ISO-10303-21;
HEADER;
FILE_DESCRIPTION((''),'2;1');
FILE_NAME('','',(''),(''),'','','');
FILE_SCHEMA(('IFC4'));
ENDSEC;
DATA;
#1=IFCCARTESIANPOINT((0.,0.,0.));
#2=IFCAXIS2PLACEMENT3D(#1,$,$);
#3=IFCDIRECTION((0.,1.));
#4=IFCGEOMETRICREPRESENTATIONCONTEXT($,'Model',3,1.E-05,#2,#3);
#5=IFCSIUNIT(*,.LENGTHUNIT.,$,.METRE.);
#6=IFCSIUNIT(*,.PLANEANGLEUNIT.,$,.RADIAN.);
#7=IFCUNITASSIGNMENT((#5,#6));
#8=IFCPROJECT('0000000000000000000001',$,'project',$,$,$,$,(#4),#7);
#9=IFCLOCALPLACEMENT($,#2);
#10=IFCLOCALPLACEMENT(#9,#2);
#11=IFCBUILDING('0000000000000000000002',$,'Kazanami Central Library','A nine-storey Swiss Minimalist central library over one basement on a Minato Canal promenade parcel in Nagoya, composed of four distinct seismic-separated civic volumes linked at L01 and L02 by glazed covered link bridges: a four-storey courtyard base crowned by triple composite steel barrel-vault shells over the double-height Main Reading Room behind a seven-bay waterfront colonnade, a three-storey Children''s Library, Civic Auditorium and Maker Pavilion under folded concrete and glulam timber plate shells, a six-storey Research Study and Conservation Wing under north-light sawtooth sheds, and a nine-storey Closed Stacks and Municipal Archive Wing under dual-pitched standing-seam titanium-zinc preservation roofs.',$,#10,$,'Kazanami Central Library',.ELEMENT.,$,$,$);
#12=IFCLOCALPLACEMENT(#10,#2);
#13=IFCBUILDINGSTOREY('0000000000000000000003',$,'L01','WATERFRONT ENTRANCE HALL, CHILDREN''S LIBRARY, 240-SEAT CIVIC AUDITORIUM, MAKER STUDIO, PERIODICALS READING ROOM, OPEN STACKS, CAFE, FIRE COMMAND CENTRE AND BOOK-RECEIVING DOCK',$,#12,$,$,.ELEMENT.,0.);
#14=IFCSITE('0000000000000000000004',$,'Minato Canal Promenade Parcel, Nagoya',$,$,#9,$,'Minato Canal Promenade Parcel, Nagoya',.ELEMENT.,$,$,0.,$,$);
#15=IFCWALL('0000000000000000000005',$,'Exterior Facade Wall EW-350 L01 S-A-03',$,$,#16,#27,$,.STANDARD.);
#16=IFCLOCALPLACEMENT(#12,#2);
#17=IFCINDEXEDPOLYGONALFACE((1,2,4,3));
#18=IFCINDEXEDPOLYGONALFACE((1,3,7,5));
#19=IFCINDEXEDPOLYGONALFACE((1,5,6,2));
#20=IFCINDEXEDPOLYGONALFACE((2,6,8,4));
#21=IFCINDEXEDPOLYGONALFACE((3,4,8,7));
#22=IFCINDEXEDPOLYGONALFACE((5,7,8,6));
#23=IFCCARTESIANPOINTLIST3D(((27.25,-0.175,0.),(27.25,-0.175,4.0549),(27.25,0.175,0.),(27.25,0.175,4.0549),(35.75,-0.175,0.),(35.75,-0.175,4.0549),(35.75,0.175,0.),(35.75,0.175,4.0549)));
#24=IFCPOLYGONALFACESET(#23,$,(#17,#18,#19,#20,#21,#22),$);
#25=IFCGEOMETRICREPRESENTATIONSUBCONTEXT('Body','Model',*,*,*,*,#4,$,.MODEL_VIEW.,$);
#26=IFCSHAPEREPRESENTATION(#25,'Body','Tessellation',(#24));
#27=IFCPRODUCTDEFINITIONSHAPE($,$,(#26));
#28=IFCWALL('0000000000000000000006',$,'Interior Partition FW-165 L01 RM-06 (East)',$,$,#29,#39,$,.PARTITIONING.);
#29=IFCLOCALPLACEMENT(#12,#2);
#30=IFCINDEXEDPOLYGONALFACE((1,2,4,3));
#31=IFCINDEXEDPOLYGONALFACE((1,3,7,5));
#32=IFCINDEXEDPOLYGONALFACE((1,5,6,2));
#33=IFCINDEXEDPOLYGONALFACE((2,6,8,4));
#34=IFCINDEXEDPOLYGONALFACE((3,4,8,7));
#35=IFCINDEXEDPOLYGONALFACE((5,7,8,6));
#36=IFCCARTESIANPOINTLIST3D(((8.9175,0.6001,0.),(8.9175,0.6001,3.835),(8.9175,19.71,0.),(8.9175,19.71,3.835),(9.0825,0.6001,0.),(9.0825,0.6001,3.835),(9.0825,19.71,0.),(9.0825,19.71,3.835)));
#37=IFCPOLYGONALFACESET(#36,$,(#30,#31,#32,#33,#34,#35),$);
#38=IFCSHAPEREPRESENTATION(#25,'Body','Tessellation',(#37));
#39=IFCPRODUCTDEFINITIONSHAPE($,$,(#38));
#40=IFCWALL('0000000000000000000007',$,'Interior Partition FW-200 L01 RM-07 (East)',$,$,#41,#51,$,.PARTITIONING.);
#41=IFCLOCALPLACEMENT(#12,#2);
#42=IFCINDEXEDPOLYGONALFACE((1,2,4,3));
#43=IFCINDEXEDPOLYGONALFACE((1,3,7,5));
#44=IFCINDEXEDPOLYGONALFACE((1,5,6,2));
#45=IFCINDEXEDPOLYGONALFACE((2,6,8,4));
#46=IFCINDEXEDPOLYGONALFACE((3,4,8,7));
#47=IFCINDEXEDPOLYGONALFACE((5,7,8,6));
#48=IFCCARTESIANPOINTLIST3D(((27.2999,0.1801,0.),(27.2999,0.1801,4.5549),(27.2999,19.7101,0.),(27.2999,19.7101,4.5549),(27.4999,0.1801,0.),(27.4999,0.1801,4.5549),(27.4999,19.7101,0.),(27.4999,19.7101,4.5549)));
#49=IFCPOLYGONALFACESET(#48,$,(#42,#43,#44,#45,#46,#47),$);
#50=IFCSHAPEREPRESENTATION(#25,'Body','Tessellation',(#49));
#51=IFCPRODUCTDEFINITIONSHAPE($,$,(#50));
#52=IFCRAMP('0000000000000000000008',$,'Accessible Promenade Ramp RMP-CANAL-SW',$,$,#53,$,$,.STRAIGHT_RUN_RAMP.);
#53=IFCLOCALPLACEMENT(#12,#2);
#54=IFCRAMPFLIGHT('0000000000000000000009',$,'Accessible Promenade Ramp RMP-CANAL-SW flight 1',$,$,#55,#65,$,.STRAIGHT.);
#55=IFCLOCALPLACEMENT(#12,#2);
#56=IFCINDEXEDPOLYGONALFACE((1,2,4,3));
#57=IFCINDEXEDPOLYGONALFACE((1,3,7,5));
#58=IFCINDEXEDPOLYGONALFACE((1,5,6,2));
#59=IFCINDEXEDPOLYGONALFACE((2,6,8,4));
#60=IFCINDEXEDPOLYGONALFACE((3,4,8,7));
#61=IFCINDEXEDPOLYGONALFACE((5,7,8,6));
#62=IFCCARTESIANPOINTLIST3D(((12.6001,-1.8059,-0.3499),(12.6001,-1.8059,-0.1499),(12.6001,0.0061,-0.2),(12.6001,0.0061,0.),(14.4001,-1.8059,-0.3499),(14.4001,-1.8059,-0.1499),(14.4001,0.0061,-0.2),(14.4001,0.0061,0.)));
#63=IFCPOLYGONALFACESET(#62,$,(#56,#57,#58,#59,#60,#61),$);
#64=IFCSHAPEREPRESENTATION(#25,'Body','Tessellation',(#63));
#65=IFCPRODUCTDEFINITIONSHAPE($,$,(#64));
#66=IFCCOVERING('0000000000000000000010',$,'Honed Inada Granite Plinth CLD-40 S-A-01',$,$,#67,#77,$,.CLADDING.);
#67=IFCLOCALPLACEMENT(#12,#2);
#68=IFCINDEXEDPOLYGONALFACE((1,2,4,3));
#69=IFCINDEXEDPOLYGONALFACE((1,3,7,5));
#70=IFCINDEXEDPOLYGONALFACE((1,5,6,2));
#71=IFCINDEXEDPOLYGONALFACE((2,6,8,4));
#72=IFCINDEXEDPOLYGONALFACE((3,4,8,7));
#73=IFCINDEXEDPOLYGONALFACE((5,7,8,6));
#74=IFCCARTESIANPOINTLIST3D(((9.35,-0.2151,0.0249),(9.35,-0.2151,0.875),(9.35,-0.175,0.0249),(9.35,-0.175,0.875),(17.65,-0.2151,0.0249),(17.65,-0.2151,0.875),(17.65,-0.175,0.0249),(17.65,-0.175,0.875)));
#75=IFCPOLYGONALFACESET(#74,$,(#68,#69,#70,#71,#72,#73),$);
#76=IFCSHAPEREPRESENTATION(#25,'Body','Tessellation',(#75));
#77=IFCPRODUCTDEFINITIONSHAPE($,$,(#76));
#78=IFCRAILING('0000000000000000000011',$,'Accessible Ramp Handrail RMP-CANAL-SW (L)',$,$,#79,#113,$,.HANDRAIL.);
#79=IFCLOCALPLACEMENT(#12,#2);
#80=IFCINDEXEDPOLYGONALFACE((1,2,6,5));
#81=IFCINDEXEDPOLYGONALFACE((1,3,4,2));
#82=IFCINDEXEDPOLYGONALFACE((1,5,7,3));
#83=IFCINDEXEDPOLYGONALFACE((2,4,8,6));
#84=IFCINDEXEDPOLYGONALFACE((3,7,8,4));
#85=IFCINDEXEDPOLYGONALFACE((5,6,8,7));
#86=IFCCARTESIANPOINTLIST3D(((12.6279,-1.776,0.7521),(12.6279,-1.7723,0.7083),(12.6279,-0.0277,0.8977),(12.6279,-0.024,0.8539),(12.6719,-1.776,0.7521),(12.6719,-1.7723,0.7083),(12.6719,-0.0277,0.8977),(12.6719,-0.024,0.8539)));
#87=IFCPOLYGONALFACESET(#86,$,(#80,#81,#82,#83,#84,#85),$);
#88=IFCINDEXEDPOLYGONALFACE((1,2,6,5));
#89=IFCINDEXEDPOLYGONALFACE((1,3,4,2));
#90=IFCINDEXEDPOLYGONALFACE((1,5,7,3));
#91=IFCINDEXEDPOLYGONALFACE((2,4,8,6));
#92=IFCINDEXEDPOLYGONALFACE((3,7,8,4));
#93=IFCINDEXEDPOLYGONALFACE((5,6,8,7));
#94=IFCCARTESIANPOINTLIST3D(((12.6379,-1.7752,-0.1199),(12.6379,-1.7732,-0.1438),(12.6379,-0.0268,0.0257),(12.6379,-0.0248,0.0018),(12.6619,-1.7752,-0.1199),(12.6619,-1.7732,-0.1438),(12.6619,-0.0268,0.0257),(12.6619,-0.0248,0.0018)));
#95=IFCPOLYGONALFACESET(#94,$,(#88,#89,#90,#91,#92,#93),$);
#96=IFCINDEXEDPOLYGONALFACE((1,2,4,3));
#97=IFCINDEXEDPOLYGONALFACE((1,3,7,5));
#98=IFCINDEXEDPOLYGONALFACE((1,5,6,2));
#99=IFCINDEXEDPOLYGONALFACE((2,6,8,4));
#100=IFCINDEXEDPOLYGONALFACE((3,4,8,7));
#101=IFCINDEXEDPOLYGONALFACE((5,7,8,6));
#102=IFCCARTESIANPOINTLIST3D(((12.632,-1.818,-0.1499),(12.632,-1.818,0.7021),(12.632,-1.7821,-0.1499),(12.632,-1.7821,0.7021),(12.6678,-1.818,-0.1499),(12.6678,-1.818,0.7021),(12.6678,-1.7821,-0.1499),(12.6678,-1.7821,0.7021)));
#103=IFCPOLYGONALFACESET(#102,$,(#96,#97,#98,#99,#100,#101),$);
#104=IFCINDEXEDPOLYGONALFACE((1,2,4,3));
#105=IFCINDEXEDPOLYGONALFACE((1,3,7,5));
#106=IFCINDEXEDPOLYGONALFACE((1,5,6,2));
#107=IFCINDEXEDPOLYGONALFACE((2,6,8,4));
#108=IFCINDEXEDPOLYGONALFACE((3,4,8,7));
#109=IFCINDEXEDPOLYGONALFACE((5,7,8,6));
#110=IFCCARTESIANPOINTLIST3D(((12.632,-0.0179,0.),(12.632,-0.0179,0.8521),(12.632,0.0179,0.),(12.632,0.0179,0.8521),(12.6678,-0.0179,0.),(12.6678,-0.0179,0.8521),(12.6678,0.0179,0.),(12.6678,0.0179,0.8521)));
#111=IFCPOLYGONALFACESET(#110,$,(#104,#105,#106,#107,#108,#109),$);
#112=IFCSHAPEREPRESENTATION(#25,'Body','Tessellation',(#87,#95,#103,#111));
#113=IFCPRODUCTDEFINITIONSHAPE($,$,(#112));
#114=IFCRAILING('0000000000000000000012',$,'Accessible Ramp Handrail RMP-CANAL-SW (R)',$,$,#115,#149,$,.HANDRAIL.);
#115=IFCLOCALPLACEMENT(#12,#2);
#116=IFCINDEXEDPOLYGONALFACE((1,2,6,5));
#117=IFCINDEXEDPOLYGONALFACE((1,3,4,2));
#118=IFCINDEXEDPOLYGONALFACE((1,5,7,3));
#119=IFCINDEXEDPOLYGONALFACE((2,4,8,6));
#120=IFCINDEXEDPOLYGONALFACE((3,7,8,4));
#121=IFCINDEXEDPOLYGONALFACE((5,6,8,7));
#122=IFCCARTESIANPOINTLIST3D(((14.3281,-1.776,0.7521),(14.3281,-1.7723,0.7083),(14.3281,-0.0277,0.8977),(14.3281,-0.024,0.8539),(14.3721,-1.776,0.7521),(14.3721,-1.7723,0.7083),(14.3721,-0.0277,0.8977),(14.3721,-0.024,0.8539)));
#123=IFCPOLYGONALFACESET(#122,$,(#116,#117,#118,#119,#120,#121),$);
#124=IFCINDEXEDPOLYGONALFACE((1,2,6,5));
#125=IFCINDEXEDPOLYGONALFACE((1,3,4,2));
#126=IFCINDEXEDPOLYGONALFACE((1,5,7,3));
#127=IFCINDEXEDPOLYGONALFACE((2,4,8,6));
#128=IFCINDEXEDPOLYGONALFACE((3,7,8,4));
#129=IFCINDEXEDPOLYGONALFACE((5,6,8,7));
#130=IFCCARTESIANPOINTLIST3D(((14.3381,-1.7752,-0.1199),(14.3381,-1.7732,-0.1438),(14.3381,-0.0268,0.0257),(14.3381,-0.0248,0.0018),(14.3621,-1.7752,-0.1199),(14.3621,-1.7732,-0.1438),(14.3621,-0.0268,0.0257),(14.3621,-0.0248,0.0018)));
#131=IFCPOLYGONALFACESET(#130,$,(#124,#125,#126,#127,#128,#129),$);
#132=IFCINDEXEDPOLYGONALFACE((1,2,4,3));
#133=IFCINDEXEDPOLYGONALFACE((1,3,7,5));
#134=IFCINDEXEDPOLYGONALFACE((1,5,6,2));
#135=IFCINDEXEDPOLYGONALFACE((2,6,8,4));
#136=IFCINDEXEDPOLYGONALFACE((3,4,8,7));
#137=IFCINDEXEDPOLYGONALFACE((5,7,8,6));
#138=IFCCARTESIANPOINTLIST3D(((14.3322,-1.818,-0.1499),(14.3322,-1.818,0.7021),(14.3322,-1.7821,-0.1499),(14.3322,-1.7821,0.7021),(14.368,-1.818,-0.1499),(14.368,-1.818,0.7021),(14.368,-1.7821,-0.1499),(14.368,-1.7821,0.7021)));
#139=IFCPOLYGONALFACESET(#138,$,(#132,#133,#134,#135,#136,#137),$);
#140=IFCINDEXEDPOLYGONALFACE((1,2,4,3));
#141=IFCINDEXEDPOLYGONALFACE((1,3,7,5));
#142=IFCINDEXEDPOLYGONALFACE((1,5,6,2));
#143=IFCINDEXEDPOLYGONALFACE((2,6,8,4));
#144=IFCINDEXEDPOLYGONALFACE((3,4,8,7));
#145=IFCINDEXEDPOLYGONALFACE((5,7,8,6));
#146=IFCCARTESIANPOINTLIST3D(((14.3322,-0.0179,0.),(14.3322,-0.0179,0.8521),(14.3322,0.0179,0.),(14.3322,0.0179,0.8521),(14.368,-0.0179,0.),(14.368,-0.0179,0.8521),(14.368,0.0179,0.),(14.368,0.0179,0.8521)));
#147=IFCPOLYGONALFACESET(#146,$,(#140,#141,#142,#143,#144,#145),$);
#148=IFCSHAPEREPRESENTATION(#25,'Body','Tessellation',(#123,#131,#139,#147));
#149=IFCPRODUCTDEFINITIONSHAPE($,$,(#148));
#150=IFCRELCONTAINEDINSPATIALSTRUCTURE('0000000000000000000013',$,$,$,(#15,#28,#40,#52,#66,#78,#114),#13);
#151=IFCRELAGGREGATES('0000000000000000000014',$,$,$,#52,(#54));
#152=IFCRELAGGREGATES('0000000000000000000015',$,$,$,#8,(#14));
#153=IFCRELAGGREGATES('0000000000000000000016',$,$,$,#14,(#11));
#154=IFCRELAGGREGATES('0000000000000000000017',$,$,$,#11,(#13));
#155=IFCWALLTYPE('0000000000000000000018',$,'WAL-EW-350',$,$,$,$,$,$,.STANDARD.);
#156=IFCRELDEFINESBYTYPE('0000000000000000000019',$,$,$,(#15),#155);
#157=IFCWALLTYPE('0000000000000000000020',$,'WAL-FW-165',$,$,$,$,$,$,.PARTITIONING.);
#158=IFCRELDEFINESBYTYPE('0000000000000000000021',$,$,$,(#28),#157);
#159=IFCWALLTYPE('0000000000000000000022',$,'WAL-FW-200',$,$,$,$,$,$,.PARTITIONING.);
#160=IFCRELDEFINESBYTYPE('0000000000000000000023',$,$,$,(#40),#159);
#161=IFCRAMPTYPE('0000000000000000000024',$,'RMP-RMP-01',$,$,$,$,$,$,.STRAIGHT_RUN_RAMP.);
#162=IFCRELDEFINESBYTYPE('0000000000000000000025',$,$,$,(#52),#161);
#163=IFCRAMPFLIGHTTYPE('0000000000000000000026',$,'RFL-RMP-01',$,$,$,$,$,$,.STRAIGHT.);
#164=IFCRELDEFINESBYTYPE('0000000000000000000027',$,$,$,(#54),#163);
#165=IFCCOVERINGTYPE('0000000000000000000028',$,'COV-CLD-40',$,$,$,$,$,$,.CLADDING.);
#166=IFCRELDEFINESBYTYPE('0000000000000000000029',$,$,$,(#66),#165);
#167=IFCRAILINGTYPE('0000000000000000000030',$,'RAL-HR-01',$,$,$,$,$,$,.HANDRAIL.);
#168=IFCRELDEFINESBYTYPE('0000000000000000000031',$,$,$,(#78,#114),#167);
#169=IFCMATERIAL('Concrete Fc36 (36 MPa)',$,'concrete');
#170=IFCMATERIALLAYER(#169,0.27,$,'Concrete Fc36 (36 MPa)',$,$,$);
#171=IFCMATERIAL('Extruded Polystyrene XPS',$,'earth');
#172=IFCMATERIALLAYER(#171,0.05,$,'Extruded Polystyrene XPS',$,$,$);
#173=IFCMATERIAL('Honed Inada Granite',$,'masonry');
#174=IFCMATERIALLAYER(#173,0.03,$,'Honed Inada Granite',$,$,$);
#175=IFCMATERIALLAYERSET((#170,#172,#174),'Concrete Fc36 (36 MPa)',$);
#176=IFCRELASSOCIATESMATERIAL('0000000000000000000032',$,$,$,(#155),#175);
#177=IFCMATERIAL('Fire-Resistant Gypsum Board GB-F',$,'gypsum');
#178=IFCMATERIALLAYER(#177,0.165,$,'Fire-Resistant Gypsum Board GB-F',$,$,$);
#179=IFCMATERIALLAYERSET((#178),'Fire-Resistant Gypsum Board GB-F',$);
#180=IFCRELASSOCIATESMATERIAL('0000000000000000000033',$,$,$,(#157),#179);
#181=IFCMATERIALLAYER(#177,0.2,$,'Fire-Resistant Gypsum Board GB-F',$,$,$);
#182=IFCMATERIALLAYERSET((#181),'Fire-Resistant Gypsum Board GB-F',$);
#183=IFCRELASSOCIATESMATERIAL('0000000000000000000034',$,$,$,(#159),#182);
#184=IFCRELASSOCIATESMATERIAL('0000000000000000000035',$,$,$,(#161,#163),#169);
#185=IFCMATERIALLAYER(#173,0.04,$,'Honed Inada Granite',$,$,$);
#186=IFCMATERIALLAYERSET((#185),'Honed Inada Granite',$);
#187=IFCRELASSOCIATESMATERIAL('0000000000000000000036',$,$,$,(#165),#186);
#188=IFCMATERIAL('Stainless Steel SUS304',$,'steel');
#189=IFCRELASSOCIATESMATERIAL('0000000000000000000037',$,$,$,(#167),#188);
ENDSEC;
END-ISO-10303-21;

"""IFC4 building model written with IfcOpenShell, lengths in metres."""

from ifc_helpers import new_model, si_unit, direction, frame, frame_2d, origin, origin_2d, place, context, subcontext, project, spatial, polyline, rectangle, outline, extrude, material, layer, layer_set, type_object, element, aggregate, save


model = new_model("IFC4")

# Units and contexts
model_context = context("Model", 3, precision=1e-05, world=origin(), true_north=direction((0.0, 1.0)))
body_context = subcontext(model_context, "Body", "Model", "MODEL_VIEW")
ifc_project = project(units=[si_unit("LENGTHUNIT", "METRE"), si_unit("PLANEANGLEUNIT", "RADIAN")], contexts=[model_context])

# Site, building, storey
site_placement = place(None, origin())
site = spatial("IfcSite", under=ifc_project, at=site_placement, Name="Minato Canal Promenade Parcel, Nagoya", LongName="Minato Canal Promenade Parcel, Nagoya", CompositionType="ELEMENT", RefElevation=0.0)
building_placement = place(site_placement, origin())
building = spatial("IfcBuilding", under=site, at=building_placement, Name="Kazanami Central Library", Description="A nine-storey Swiss Minimalist central library over one basement on a Minato Canal promenade parcel in Nagoya, composed of four distinct seismic-separated civic volumes linked at L01 and L02 by glazed covered link bridges: a four-storey courtyard base crowned by triple composite steel barrel-vault shells over the double-height Main Reading Room behind a seven-bay waterfront colonnade, a three-storey Children's Library, Civic Auditorium and Maker Pavilion under folded concrete and glulam timber plate shells, a six-storey Research Study and Conservation Wing under north-light sawtooth sheds, and a nine-storey Closed Stacks and Municipal Archive Wing under dual-pitched standing-seam titanium-zinc preservation roofs.", LongName="Kazanami Central Library", CompositionType="ELEMENT")
storey_placement = place(building_placement, origin())
storey = spatial("IfcBuildingStorey", under=building, at=storey_placement, Name="L01", Description="WATERFRONT ENTRANCE HALL, CHILDREN'S LIBRARY, 240-SEAT CIVIC AUDITORIUM, MAKER STUDIO, PERIODICALS READING ROOM, OPEN STACKS, CAFE, FIRE COMMAND CENTRE AND BOOK-RECEIVING DOCK", CompositionType="ELEMENT", Elevation=0.0)

# Shared definitions
ifc_material_1 = material(Name="Concrete Fc36 (36 MPa)", Category="concrete")
ifc_layer_1 = layer(ifc_material_1, 0.27, Name="Concrete Fc36 (36 MPa)")
ifc_material_2 = material(Name="Extruded Polystyrene XPS", Category="earth")
ifc_layer_2 = layer(ifc_material_2, 0.05, Name="Extruded Polystyrene XPS")
ifc_material_3 = material(Name="Honed Inada Granite", Category="masonry")
ifc_layer_3 = layer(ifc_material_3, 0.03, Name="Honed Inada Granite")
ifc_layer_set_1 = layer_set([ifc_layer_1, ifc_layer_2, ifc_layer_3], Name="Concrete Fc36 (36 MPa)")
wall_type_1 = type_object("IfcWallType", Name="WAL-EW-350", PredefinedType="STANDARD", material=ifc_layer_set_1)

# Walls
wall_1_placement = place(storey_placement, frame((27.25, 0.0, 0.0), z_axis=(0.0, 0.0, 1.0), x_axis=(1.0, 0.0, 0.0)))
element("IfcWall", 1, at=wall_1_placement, inside=storey, type_object=wall_type_1, Name="Exterior Facade Wall EW-350 L01 S-A-03", PredefinedType="STANDARD", context=body_context, shape_type="SweptSolid", body=[
    extrude(rectangle(XDim=8.5, YDim=0.3501, at=frame_2d((4.25, 0.0))), origin(), (0.0, 0.0, 1.0), 4.0549),
])
ifc_material_4 = material(Name="Fire-Resistant Gypsum Board GB-F", Category="gypsum")
ifc_layer_4 = layer(ifc_material_4, 0.165, Name="Fire-Resistant Gypsum Board GB-F")
ifc_layer_set_2 = layer_set([ifc_layer_4], Name="Fire-Resistant Gypsum Board GB-F")
wall_type_2 = type_object("IfcWallType", Name="WAL-FW-165", PredefinedType="PARTITIONING", material=ifc_layer_set_2)
wall_2_placement = place(storey_placement, frame((9.0, 0.6001, 0.0), z_axis=(0.0, 0.0, 1.0), x_axis=(0.0, 1.0, 0.0)))
element("IfcWall", 2, at=wall_2_placement, inside=storey, type_object=wall_type_2, Name="Interior Partition FW-165 L01 RM-06 (East)", PredefinedType="PARTITIONING", context=body_context, shape_type="SweptSolid", body=[
    extrude(rectangle(XDim=19.1099, YDim=0.165, at=frame_2d((9.5549, 0.0))), origin(), (0.0, 0.0, 1.0), 3.835),
])
ifc_layer_5 = layer(ifc_material_4, 0.2, Name="Fire-Resistant Gypsum Board GB-F")
ifc_layer_set_3 = layer_set([ifc_layer_5], Name="Fire-Resistant Gypsum Board GB-F")
wall_type_3 = type_object("IfcWallType", Name="WAL-FW-200", PredefinedType="PARTITIONING", material=ifc_layer_set_3)
wall_3_placement = place(storey_placement, frame((27.3999, 0.1799, 0.0), z_axis=(0.0, 0.0, 1.0), x_axis=(0.0, 1.0, 0.0)))
element("IfcWall", 3, at=wall_3_placement, inside=storey, type_object=wall_type_3, Name="Interior Partition FW-200 L01 RM-07 (East)", PredefinedType="PARTITIONING", context=body_context, shape_type="SweptSolid", body=[
    extrude(rectangle(XDim=19.53, YDim=0.2, at=frame_2d((9.7651, 0.0))), origin(), (0.0, 0.0, 1.0), 4.5549),
])

# Ramp, ramp flight
ramp_type = type_object("IfcRampType", Name="RMP-RMP-01", PredefinedType="STRAIGHT_RUN_RAMP", material=ifc_material_1)
ramp_placement = place(storey_placement, origin())
ramp = element("IfcRamp", 4, at=ramp_placement, inside=storey, type_object=ramp_type, Name="Accessible Promenade Ramp RMP-CANAL-SW", PredefinedType="STRAIGHT_RUN_RAMP")
ramp_flight_type = type_object("IfcRampFlightType", Name="RFL-RMP-01", PredefinedType="STRAIGHT", material=ifc_material_1)
ramp_flight_placement = place(storey_placement, frame((13.5, -1.8059, -0.1499), z_axis=(0.0, 0.0, 1.0), x_axis=(0.0, 1.0, 0.0)))
ramp_flight = element("IfcRampFlight", 5, at=ramp_flight_placement, type_object=ramp_flight_type, Name="Accessible Promenade Ramp RMP-CANAL-SW flight 1", PredefinedType="STRAIGHT", context=body_context, shape_type="SweptSolid", body=[
    extrude(outline(polyline([(0.0, 0.0), (1.812, 0.1499), (1.812, -0.05), (0.0, -0.2), (0.0, 0.0)])), frame((0.0, 0.8999, 0.0), z_axis=(0.0, -1.0, 0.0), x_axis=(1.0, 0.0, 0.0)), (0.0, 0.0, 1.0), 1.8),
])
aggregate(ramp, [ramp_flight])

# Covering
ifc_layer_6 = layer(ifc_material_3, 0.04, Name="Honed Inada Granite")
ifc_layer_set_4 = layer_set([ifc_layer_6], Name="Honed Inada Granite")
covering_type = type_object("IfcCoveringType", Name="COV-CLD-40", PredefinedType="CLADDING", material=ifc_layer_set_4)
covering_placement = place(storey_placement, frame((13.5, -0.1951, 0.0249), z_axis=(0.0, 0.0, 1.0), x_axis=(1.0, 0.0, 0.0)))
element("IfcCovering", 6, at=covering_placement, inside=storey, type_object=covering_type, Name="Honed Inada Granite Plinth CLD-40 S-A-01", PredefinedType="CLADDING", context=body_context, shape_type="SweptSolid", body=[
    extrude(rectangle(XDim=8.3, YDim=0.04, at=origin_2d()), origin(), (0.0, 0.0, 1.0), 0.8501),
])

# Railings
ifc_material_5 = material(Name="Stainless Steel SUS304", Category="steel")
railing_type = type_object("IfcRailingType", Name="RAL-HR-01", PredefinedType="HANDRAIL", material=ifc_material_5)
for number, where, name in (
    (7, (12.6499, -1.8, -0.1499), "Accessible Ramp Handrail RMP-CANAL-SW (L)"),
    (8, (14.3501, -1.8, -0.1499), "Accessible Ramp Handrail RMP-CANAL-SW (R)"),
):
    element("IfcRailing", number, at=place(storey_placement, frame(where)), inside=storey, type_object=railing_type, Name=name, PredefinedType="HANDRAIL", context=body_context, shape_type="SweptSolid", body=[
        extrude(rectangle(XDim=0.0439, YDim=0.0439, at=origin_2d()), frame((0.0, 0.0259, 0.8801), z_axis=(0.0, 0.99655, 0.08299), x_axis=(-1.0, 0.0, 0.0)), (0.0, 0.0, 1.0), 1.7544),
        extrude(rectangle(XDim=0.0239, YDim=0.0239, at=origin_2d()), frame((0.0, 0.0259, 0.0181), z_axis=(0.0, 0.99655, 0.08299), x_axis=(-1.0, 0.0, 0.0)), (0.0, 0.0, 1.0), 1.7544),
        extrude(rectangle(XDim=0.0359, YDim=0.0359, at=origin_2d()), origin(), (0.0, 0.0, 1.0), 0.8521),
        extrude(rectangle(XDim=0.0359, YDim=0.0359, at=origin_2d()), frame((0.0, 1.8, 0.1499)), (0.0, 0.0, 1.0), 0.8521),
    ])

save(model, "model.ifc")
